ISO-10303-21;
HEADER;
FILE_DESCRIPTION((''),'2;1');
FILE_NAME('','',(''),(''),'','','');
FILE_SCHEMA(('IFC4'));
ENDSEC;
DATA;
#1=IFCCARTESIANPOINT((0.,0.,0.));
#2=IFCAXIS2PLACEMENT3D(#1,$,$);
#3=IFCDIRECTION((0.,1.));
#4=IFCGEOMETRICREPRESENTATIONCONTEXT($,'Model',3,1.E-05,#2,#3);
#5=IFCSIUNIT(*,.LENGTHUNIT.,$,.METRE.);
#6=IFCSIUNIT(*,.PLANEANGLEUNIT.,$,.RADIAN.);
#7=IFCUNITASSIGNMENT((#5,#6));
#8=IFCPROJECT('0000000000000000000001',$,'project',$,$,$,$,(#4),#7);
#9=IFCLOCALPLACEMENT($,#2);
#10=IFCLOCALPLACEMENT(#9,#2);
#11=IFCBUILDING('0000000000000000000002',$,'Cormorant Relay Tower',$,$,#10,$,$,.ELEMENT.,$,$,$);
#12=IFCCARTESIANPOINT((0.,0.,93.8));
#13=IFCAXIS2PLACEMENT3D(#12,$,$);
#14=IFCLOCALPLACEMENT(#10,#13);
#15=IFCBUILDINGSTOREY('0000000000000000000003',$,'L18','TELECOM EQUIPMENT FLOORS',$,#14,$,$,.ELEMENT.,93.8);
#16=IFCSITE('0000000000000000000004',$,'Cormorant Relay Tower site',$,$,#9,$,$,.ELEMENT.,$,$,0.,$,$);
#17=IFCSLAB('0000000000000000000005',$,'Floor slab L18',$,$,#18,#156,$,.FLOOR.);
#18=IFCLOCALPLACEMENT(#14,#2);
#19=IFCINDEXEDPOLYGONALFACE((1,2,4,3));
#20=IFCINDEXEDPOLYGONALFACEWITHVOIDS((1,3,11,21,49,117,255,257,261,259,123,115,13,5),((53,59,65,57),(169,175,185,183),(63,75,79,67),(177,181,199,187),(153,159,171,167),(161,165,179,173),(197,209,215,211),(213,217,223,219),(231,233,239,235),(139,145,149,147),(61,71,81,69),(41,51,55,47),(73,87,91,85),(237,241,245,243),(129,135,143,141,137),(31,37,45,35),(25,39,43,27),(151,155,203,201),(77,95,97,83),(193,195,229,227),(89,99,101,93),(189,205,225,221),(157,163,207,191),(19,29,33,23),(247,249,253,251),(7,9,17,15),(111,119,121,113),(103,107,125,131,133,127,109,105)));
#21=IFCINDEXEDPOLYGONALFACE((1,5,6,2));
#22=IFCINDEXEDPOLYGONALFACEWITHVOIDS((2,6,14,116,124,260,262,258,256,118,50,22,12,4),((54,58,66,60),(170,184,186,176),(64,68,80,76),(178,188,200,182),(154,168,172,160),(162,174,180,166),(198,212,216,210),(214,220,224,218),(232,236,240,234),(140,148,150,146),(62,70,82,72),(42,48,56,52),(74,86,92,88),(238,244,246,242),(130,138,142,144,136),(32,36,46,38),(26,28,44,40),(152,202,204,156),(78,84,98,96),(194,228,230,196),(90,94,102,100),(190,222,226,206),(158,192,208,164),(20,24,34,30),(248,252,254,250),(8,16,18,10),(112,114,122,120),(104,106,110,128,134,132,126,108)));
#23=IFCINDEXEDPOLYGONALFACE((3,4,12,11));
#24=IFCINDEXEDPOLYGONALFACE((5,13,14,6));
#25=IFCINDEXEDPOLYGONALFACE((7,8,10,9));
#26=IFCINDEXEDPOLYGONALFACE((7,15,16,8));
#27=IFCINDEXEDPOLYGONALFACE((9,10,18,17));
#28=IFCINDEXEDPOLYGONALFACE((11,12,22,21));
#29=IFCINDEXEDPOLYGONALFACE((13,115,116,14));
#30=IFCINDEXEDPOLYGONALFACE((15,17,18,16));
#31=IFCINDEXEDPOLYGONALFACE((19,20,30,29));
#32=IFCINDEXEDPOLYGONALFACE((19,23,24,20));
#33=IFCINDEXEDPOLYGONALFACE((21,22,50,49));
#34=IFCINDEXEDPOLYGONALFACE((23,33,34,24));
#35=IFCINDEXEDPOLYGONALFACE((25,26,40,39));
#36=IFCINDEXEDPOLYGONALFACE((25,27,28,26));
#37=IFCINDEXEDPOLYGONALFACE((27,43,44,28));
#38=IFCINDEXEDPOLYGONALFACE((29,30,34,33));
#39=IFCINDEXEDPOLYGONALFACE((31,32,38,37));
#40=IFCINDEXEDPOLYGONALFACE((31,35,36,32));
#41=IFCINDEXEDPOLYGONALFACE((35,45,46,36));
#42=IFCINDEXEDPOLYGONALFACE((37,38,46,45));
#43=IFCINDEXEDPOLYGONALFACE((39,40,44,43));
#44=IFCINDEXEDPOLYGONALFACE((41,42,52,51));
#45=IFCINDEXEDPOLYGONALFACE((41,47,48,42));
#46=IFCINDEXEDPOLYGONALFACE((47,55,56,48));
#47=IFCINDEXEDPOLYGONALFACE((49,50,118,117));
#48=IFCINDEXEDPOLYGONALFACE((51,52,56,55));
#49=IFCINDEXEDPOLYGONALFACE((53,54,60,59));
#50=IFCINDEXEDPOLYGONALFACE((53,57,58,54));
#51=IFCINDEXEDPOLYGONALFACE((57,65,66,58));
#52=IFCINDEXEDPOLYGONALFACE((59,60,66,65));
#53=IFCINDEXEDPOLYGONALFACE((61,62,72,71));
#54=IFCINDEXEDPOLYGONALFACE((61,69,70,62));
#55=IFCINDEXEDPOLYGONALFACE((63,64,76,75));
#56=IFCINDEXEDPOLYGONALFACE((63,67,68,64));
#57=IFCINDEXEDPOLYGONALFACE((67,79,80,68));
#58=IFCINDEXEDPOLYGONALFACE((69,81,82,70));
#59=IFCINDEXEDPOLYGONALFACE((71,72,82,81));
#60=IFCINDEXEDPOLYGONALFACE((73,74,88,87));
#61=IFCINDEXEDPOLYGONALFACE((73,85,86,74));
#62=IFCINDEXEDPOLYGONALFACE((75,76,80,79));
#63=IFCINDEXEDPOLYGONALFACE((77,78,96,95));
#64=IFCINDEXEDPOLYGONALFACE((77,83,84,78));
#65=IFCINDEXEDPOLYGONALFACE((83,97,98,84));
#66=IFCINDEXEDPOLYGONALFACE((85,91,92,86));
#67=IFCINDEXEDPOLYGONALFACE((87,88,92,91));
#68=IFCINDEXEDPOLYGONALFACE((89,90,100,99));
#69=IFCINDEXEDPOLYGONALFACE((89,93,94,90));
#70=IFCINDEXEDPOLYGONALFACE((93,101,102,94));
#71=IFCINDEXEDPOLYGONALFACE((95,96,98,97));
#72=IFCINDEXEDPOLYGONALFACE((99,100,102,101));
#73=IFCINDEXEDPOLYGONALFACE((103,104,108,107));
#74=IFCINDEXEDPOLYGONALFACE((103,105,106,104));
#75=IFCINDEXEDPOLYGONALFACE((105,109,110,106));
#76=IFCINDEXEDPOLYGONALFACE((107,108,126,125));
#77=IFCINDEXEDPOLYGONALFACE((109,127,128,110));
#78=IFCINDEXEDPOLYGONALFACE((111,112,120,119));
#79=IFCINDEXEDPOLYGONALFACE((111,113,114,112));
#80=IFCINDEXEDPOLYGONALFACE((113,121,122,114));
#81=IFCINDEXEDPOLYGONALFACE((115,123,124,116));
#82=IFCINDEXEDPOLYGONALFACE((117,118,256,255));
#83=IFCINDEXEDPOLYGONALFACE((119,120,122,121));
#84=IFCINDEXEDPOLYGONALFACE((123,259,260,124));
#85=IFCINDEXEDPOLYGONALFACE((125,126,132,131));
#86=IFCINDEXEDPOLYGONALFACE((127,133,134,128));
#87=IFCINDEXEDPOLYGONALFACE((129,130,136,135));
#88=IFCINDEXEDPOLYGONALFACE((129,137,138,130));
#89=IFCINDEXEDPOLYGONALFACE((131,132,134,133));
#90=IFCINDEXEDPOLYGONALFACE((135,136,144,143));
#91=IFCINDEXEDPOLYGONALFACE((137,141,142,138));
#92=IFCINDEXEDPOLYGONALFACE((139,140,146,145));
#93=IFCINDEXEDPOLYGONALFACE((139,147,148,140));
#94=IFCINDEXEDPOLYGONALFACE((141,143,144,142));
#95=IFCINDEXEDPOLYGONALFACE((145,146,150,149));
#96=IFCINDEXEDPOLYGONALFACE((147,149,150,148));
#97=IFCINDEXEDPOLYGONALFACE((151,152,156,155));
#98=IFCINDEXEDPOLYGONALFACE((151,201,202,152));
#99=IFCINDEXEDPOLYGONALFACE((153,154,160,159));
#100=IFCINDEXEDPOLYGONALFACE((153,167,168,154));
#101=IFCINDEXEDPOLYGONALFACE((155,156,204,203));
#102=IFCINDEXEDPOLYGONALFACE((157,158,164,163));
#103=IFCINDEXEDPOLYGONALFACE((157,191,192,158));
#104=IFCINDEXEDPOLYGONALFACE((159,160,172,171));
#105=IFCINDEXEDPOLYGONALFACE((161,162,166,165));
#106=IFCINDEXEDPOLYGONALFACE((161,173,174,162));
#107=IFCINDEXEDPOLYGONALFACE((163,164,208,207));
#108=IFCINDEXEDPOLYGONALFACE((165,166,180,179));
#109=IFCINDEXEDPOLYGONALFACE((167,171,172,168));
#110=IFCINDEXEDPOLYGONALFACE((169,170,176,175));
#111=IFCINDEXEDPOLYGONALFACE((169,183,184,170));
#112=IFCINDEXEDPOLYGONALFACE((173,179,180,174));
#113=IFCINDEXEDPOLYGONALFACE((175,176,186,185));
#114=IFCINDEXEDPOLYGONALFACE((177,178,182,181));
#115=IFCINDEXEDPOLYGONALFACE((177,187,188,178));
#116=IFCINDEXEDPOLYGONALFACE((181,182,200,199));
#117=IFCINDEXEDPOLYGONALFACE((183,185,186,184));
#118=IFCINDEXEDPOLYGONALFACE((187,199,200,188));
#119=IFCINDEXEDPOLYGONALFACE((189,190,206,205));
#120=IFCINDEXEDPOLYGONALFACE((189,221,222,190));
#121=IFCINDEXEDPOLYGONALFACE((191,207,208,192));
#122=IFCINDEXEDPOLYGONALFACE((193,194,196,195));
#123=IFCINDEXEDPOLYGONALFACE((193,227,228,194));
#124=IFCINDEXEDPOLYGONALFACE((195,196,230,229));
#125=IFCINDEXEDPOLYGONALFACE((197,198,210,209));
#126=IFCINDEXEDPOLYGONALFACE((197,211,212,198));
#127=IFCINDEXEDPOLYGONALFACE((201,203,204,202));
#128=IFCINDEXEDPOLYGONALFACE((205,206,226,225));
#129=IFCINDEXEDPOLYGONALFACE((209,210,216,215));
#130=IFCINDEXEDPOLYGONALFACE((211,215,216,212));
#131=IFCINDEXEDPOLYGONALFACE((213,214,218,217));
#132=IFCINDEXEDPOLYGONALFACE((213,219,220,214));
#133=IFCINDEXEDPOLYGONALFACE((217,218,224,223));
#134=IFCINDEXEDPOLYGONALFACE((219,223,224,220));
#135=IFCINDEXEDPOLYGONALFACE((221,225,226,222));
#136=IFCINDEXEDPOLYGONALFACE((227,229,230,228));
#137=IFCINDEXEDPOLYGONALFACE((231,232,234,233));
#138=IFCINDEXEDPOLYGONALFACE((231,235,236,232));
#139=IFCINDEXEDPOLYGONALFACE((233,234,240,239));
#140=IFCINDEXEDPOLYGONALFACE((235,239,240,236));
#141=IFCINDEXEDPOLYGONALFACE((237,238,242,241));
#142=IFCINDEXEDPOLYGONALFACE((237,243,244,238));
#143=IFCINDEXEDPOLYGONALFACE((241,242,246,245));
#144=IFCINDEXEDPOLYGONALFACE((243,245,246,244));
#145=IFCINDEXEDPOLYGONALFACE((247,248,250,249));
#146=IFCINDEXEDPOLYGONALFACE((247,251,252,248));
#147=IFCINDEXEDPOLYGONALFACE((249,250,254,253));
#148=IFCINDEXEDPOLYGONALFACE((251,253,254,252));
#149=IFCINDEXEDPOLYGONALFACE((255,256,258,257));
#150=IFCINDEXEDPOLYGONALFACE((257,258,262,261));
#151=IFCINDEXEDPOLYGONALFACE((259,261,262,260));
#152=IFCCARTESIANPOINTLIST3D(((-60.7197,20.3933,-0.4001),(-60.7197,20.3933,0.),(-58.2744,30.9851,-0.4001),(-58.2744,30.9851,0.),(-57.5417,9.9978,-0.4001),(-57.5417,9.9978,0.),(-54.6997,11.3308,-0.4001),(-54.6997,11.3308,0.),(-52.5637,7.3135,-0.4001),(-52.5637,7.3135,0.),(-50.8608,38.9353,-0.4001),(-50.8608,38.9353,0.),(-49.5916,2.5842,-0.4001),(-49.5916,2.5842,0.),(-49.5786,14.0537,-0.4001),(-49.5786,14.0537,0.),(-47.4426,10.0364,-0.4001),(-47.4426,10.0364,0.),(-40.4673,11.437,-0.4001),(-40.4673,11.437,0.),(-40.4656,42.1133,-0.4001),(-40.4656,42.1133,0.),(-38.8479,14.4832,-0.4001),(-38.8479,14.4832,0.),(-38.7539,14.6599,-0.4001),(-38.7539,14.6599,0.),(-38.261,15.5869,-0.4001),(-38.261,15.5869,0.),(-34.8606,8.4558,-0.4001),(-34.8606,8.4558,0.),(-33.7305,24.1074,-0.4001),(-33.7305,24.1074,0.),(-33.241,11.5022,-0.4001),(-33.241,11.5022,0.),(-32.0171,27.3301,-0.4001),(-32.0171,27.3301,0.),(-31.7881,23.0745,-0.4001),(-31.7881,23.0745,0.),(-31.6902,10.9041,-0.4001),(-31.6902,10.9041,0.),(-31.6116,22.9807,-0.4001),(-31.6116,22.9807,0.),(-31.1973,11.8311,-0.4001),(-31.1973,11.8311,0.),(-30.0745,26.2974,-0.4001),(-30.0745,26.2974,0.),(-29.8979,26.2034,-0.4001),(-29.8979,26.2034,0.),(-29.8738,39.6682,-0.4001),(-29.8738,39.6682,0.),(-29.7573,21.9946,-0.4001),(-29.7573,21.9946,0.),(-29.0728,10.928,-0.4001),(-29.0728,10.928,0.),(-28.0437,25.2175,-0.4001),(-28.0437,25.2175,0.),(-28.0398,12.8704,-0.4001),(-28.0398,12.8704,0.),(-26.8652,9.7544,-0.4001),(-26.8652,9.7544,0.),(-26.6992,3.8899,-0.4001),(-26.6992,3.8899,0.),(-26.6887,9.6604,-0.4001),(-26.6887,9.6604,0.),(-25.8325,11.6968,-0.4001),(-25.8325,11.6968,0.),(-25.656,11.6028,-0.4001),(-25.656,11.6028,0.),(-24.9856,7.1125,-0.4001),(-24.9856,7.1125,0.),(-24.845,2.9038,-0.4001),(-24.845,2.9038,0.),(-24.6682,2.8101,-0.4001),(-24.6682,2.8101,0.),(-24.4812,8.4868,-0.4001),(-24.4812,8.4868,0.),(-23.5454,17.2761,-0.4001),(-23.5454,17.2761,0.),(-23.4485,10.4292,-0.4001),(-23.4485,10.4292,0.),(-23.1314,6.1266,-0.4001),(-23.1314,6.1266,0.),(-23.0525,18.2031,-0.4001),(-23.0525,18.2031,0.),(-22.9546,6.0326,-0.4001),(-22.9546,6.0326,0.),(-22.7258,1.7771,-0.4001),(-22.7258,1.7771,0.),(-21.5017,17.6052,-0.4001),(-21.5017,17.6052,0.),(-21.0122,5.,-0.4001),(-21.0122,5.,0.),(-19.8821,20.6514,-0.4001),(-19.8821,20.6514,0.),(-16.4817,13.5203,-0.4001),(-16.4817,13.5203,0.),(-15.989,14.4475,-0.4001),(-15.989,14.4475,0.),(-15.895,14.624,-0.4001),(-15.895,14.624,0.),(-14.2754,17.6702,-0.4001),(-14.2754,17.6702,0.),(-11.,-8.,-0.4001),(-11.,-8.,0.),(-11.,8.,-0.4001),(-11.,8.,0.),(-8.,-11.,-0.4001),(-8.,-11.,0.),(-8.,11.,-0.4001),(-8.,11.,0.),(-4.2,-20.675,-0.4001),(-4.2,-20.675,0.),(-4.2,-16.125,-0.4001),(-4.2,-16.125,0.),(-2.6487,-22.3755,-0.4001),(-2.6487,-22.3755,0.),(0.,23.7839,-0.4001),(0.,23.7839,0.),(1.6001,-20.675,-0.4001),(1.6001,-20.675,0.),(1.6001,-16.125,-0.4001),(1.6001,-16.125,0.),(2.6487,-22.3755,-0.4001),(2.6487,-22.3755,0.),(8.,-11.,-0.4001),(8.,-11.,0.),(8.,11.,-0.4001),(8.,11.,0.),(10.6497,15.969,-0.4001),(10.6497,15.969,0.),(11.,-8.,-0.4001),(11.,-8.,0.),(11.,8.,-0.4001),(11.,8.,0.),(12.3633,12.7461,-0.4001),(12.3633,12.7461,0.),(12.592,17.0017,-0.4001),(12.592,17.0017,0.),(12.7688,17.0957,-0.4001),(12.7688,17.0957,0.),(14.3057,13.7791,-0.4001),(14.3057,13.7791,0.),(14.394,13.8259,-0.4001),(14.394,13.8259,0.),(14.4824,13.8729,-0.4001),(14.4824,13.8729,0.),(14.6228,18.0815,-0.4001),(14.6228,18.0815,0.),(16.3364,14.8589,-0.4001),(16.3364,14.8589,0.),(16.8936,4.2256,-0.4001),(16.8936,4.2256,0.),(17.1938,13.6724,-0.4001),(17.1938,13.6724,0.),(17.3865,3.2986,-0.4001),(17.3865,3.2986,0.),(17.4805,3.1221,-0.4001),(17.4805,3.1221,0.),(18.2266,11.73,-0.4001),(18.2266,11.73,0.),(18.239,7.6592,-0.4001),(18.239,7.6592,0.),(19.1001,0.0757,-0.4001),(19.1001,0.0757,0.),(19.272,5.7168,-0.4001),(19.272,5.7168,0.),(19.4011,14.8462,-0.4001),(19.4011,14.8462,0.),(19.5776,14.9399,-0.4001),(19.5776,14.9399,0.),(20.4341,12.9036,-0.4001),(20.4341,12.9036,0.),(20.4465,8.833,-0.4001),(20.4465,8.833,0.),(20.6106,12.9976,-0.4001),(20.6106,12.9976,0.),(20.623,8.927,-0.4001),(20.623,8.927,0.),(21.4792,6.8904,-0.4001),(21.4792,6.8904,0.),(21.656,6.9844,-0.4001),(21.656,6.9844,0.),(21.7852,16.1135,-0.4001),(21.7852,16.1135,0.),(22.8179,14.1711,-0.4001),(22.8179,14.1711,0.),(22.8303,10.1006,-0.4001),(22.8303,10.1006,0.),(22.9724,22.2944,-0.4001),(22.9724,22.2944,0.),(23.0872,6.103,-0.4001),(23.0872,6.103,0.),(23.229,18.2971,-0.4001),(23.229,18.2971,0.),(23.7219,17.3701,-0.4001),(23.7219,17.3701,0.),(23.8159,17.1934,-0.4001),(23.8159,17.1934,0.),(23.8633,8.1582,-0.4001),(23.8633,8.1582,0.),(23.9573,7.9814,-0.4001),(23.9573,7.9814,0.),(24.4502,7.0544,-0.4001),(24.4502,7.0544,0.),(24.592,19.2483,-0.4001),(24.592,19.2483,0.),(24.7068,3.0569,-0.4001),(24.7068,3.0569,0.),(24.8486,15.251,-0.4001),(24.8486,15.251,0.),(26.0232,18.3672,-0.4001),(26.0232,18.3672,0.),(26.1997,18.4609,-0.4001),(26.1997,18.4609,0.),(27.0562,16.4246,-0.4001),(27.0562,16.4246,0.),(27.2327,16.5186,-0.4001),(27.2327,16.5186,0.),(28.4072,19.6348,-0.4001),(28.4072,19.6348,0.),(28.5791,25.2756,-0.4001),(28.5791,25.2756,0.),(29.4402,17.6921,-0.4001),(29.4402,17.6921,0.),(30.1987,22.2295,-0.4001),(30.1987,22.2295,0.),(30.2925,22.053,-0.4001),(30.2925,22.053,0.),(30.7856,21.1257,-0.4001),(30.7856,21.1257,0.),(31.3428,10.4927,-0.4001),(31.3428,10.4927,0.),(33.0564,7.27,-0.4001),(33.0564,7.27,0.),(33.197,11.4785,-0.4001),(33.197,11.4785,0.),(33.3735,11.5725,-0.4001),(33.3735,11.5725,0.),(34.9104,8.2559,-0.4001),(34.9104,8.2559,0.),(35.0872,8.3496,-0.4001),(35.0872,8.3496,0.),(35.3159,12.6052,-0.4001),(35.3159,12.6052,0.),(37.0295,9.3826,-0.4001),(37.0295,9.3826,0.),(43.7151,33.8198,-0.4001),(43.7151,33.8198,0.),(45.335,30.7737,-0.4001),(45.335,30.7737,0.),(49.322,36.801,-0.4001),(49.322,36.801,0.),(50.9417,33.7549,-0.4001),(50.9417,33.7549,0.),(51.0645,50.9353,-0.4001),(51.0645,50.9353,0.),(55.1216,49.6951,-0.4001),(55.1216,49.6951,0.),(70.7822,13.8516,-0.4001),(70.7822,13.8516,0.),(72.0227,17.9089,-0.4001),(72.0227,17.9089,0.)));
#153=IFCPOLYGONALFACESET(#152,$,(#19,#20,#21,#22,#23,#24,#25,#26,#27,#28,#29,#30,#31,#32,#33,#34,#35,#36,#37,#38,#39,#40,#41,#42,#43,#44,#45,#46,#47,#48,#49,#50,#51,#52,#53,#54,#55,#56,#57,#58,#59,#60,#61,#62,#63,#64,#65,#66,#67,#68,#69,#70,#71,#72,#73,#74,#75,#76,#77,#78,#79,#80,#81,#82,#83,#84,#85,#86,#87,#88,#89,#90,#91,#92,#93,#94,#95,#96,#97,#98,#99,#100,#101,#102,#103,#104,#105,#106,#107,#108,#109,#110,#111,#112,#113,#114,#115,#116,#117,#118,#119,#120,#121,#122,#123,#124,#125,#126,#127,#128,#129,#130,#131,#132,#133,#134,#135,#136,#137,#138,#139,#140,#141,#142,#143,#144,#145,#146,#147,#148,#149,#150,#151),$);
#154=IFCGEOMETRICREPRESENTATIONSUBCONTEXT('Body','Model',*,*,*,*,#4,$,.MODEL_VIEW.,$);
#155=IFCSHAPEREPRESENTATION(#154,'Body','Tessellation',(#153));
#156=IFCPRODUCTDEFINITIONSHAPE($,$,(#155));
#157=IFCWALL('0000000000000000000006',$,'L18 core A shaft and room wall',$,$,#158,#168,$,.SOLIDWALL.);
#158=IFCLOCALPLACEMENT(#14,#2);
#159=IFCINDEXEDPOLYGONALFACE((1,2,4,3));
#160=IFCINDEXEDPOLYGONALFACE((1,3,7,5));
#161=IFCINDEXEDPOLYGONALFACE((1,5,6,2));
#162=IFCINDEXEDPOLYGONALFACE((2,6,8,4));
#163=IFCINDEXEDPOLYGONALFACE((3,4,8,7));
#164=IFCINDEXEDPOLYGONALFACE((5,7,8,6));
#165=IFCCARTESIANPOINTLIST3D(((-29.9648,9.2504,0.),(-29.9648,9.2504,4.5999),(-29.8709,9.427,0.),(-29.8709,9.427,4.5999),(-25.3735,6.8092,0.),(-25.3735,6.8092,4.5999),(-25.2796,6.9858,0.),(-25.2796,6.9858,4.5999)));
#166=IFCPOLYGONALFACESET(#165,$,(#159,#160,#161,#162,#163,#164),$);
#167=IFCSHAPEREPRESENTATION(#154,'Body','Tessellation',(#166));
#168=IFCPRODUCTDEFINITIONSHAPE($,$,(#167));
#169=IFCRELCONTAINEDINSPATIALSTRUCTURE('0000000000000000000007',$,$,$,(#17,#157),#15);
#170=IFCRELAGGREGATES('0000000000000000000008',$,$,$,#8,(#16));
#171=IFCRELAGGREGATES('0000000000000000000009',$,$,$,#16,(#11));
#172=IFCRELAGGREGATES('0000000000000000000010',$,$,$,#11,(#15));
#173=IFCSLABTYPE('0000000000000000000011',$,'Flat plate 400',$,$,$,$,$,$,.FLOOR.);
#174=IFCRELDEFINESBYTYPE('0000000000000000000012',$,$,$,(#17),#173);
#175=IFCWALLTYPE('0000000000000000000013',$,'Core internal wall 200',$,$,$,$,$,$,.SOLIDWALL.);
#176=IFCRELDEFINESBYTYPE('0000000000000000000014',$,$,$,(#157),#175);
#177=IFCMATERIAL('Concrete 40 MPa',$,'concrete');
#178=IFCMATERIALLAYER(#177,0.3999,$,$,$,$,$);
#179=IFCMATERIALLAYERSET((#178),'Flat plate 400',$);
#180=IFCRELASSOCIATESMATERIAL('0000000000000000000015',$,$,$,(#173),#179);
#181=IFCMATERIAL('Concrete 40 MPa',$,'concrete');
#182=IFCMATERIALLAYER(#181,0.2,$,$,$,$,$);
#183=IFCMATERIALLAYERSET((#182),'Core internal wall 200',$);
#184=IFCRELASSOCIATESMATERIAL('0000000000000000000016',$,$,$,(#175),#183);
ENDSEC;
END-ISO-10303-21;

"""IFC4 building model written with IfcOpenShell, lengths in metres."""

from ifc_helpers import new_model, si_unit, direction, frame, frame_2d, origin, place, context, subcontext, project, spatial, polyline, rectangle, outline, extrude, material, layer, layer_set, type_object, element, save


model = new_model("IFC4")

# Units and contexts
model_context = context("Model", 3, precision=1e-05, world=origin(), true_north=direction((0.0, 1.0)))
body_context = subcontext(model_context, "Body", "Model", "MODEL_VIEW")
ifc_project = project(units=[si_unit("LENGTHUNIT", "METRE"), si_unit("PLANEANGLEUNIT", "RADIAN")], contexts=[model_context])

# Site, building, storey
site_placement = place(None, origin())
site = spatial("IfcSite", under=ifc_project, at=site_placement, Name="Cormorant Relay Tower site", CompositionType="ELEMENT", RefElevation=0.0)
building_placement = place(site_placement, origin())
building = spatial("IfcBuilding", under=site, at=building_placement, Name="Cormorant Relay Tower", CompositionType="ELEMENT")
storey_placement = place(building_placement, frame((0.0, 0.0, 93.8)))
storey = spatial("IfcBuildingStorey", under=building, at=storey_placement, Name="L18", Description="TELECOM EQUIPMENT FLOORS", CompositionType="ELEMENT", Elevation=93.8)

# Slab
ifc_material_1 = material(Name="Concrete 40 MPa", Category="concrete")
ifc_layer_1 = layer(ifc_material_1, 0.3999)
ifc_layer_set_1 = layer_set([ifc_layer_1], Name="Flat plate 400")
slab_type_1 = type_object("IfcSlabType", Name="Flat plate 400", PredefinedType="FLOOR", material=ifc_layer_set_1)
slab_1_placement = place(storey_placement, frame((0.0, 0.0, -0.4001)))
element("IfcSlab", 1, at=slab_1_placement, inside=storey, type_object=slab_type_1, Name="Floor slab L18", PredefinedType="FLOOR", context=body_context, shape_type="SweptSolid", body=[
    extrude(outline(polyline([(-60.7197, 20.3933), (-58.2744, 30.9851), (-50.8608, 38.9353), (-40.4656, 42.1133), (-29.8738, 39.6682), (0.0, 23.7839), (51.0645, 50.9353), (55.1216, 49.6951), (72.0227, 17.9089), (70.7822, 13.8516), (2.6487, -22.3755), (-2.6487, -22.3755), (-49.5916, 2.5842), (-57.5417, 9.9978), (-60.7197, 20.3933)]), holes=[polyline([(11.0, -8.0), (11.0, 8.0), (8.0, 11.0), (-8.0, 11.0), (-11.0, 8.0), (-11.0, -8.0), (-8.0, -11.0), (8.0, -11.0), (11.0, -8.0)]), polyline([(-4.2, -16.125), (-4.2, -20.675), (1.6001, -20.675), (1.6001, -16.125), (-4.2, -16.125)]), polyline([(-22.9546, 6.0327), (-24.6682, 2.8101), (-22.7258, 1.7771), (-21.0122, 5.0), (-23.043, 6.0796), (-22.9546, 6.0327)]), polyline([(-24.9856, 7.1125), (-26.6992, 3.8899), (-24.845, 2.9038), (-23.1313, 6.1267), (-23.043, 6.0796), (-24.9856, 7.1125)]), polyline([(-26.6887, 9.6604), (-24.4812, 8.4868), (-23.4485, 10.4292), (-25.656, 11.6028), (-26.6887, 9.6604)]), polyline([(-49.5786, 14.0537), (-54.6997, 11.3308), (-52.5637, 7.3135), (-47.4426, 10.0364), (-49.5786, 14.0537)]), polyline([(-28.0398, 12.8704), (-29.0728, 10.928), (-26.8652, 9.7544), (-25.8325, 11.6968), (-28.0398, 12.8704)]), polyline([(-38.8479, 14.4832), (-40.4673, 11.437), (-34.8606, 8.4558), (-33.241, 11.5022), (-38.8479, 14.4832)]), polyline([(-38.261, 15.5869), (-38.7539, 14.6599), (-31.6902, 10.9041), (-31.1973, 11.8311), (-38.261, 15.5869)]), polyline([(14.3057, 13.7791), (12.592, 17.0017), (10.6497, 15.969), (12.3633, 12.7461), (14.394, 13.8259), (14.3057, 13.7791)]), polyline([(16.3364, 14.8589), (14.6228, 18.0815), (12.7688, 17.0957), (14.4824, 13.8728), (14.394, 13.8259), (16.3364, 14.8589)]), polyline([(-16.4817, 13.5203), (-15.989, 14.4475), (-23.0525, 18.2031), (-23.5454, 17.2761), (-16.4817, 13.5203)]), polyline([(-21.5017, 17.6052), (-15.895, 14.624), (-14.2754, 17.6702), (-19.8821, 20.6514), (-21.5017, 17.6052)]), polyline([(-31.6116, 22.9807), (-29.7573, 21.9946), (-28.0437, 25.2175), (-29.8979, 26.2034), (-31.6116, 22.9807)]), polyline([(-33.7305, 24.1074), (-31.7881, 23.0745), (-30.0745, 26.2974), (-32.0171, 27.3301), (-33.7305, 24.1074)]), polyline([(23.0872, 6.103), (17.4805, 3.1221), (19.1001, 0.0757), (24.7068, 3.0569), (23.0872, 6.103)]), polyline([(16.8936, 4.2256), (17.3865, 3.2986), (24.4502, 7.0544), (23.9573, 7.9814), (16.8936, 4.2256)]), polyline([(20.4465, 8.833), (18.239, 7.6592), (19.272, 5.7168), (21.4792, 6.8904), (20.4465, 8.833)]), polyline([(22.8303, 10.1006), (20.623, 8.927), (21.656, 6.9844), (23.8633, 8.1582), (22.8303, 10.1006)]), polyline([(33.197, 11.4785), (31.3428, 10.4927), (33.0564, 7.27), (34.9104, 8.2559), (33.197, 11.4785)]), polyline([(33.3735, 11.5725), (35.0872, 8.3496), (37.0295, 9.3826), (35.3159, 12.6052), (33.3735, 11.5725)]), polyline([(19.4011, 14.8462), (17.1938, 13.6724), (18.2266, 11.73), (20.4341, 12.9036), (19.4011, 14.8462)]), polyline([(22.8179, 14.1711), (21.7852, 16.1135), (19.5776, 14.9399), (20.6106, 12.9976), (22.8179, 14.1711)]), polyline([(26.0232, 18.3672), (23.8159, 17.1934), (24.8486, 15.251), (27.0562, 16.4246), (26.0232, 18.3672)]), polyline([(29.4402, 17.6921), (28.4072, 19.6348), (26.1997, 18.4609), (27.2327, 16.5186), (29.4402, 17.6921)]), polyline([(30.7856, 21.1257), (30.2925, 22.053), (23.229, 18.2971), (23.7219, 17.3701), (30.7856, 21.1257)]), polyline([(24.592, 19.2483), (30.1987, 22.2295), (28.5791, 25.2756), (22.9724, 22.2944), (24.592, 19.2483)]), polyline([(45.335, 30.7737), (50.9417, 33.7549), (49.322, 36.801), (43.7151, 33.8198), (45.335, 30.7737)])]), origin(), (0.0, 0.0, 1.0), 0.4001),
])

# Wall
ifc_material_2 = material(Name="Concrete 40 MPa", Category="concrete")
ifc_layer_2 = layer(ifc_material_2, 0.2)
ifc_layer_set_2 = layer_set([ifc_layer_2], Name="Core internal wall 200")
wall_type_1 = type_object("IfcWallType", Name="Core internal wall 200", PredefinedType="SOLIDWALL", material=ifc_layer_set_2)
wall_1_placement = place(storey_placement, frame((-25.3264, 6.8975, 0.0), z_axis=(0.0, 0.0, 1.0), x_axis=(-0.882954, 0.46946, 0.0)))
element("IfcWall", 2, at=wall_1_placement, inside=storey, type_object=wall_type_1, Name="L18 core A shaft and room wall", PredefinedType="SOLIDWALL", context=body_context, shape_type="SweptSolid", body=[
    extrude(rectangle(XDim=5.2, YDim=0.2, at=frame_2d((2.6001, 0.0))), origin(), (0.0, 0.0, 1.0), 4.5999),
])

save(model, "model.ifc")
